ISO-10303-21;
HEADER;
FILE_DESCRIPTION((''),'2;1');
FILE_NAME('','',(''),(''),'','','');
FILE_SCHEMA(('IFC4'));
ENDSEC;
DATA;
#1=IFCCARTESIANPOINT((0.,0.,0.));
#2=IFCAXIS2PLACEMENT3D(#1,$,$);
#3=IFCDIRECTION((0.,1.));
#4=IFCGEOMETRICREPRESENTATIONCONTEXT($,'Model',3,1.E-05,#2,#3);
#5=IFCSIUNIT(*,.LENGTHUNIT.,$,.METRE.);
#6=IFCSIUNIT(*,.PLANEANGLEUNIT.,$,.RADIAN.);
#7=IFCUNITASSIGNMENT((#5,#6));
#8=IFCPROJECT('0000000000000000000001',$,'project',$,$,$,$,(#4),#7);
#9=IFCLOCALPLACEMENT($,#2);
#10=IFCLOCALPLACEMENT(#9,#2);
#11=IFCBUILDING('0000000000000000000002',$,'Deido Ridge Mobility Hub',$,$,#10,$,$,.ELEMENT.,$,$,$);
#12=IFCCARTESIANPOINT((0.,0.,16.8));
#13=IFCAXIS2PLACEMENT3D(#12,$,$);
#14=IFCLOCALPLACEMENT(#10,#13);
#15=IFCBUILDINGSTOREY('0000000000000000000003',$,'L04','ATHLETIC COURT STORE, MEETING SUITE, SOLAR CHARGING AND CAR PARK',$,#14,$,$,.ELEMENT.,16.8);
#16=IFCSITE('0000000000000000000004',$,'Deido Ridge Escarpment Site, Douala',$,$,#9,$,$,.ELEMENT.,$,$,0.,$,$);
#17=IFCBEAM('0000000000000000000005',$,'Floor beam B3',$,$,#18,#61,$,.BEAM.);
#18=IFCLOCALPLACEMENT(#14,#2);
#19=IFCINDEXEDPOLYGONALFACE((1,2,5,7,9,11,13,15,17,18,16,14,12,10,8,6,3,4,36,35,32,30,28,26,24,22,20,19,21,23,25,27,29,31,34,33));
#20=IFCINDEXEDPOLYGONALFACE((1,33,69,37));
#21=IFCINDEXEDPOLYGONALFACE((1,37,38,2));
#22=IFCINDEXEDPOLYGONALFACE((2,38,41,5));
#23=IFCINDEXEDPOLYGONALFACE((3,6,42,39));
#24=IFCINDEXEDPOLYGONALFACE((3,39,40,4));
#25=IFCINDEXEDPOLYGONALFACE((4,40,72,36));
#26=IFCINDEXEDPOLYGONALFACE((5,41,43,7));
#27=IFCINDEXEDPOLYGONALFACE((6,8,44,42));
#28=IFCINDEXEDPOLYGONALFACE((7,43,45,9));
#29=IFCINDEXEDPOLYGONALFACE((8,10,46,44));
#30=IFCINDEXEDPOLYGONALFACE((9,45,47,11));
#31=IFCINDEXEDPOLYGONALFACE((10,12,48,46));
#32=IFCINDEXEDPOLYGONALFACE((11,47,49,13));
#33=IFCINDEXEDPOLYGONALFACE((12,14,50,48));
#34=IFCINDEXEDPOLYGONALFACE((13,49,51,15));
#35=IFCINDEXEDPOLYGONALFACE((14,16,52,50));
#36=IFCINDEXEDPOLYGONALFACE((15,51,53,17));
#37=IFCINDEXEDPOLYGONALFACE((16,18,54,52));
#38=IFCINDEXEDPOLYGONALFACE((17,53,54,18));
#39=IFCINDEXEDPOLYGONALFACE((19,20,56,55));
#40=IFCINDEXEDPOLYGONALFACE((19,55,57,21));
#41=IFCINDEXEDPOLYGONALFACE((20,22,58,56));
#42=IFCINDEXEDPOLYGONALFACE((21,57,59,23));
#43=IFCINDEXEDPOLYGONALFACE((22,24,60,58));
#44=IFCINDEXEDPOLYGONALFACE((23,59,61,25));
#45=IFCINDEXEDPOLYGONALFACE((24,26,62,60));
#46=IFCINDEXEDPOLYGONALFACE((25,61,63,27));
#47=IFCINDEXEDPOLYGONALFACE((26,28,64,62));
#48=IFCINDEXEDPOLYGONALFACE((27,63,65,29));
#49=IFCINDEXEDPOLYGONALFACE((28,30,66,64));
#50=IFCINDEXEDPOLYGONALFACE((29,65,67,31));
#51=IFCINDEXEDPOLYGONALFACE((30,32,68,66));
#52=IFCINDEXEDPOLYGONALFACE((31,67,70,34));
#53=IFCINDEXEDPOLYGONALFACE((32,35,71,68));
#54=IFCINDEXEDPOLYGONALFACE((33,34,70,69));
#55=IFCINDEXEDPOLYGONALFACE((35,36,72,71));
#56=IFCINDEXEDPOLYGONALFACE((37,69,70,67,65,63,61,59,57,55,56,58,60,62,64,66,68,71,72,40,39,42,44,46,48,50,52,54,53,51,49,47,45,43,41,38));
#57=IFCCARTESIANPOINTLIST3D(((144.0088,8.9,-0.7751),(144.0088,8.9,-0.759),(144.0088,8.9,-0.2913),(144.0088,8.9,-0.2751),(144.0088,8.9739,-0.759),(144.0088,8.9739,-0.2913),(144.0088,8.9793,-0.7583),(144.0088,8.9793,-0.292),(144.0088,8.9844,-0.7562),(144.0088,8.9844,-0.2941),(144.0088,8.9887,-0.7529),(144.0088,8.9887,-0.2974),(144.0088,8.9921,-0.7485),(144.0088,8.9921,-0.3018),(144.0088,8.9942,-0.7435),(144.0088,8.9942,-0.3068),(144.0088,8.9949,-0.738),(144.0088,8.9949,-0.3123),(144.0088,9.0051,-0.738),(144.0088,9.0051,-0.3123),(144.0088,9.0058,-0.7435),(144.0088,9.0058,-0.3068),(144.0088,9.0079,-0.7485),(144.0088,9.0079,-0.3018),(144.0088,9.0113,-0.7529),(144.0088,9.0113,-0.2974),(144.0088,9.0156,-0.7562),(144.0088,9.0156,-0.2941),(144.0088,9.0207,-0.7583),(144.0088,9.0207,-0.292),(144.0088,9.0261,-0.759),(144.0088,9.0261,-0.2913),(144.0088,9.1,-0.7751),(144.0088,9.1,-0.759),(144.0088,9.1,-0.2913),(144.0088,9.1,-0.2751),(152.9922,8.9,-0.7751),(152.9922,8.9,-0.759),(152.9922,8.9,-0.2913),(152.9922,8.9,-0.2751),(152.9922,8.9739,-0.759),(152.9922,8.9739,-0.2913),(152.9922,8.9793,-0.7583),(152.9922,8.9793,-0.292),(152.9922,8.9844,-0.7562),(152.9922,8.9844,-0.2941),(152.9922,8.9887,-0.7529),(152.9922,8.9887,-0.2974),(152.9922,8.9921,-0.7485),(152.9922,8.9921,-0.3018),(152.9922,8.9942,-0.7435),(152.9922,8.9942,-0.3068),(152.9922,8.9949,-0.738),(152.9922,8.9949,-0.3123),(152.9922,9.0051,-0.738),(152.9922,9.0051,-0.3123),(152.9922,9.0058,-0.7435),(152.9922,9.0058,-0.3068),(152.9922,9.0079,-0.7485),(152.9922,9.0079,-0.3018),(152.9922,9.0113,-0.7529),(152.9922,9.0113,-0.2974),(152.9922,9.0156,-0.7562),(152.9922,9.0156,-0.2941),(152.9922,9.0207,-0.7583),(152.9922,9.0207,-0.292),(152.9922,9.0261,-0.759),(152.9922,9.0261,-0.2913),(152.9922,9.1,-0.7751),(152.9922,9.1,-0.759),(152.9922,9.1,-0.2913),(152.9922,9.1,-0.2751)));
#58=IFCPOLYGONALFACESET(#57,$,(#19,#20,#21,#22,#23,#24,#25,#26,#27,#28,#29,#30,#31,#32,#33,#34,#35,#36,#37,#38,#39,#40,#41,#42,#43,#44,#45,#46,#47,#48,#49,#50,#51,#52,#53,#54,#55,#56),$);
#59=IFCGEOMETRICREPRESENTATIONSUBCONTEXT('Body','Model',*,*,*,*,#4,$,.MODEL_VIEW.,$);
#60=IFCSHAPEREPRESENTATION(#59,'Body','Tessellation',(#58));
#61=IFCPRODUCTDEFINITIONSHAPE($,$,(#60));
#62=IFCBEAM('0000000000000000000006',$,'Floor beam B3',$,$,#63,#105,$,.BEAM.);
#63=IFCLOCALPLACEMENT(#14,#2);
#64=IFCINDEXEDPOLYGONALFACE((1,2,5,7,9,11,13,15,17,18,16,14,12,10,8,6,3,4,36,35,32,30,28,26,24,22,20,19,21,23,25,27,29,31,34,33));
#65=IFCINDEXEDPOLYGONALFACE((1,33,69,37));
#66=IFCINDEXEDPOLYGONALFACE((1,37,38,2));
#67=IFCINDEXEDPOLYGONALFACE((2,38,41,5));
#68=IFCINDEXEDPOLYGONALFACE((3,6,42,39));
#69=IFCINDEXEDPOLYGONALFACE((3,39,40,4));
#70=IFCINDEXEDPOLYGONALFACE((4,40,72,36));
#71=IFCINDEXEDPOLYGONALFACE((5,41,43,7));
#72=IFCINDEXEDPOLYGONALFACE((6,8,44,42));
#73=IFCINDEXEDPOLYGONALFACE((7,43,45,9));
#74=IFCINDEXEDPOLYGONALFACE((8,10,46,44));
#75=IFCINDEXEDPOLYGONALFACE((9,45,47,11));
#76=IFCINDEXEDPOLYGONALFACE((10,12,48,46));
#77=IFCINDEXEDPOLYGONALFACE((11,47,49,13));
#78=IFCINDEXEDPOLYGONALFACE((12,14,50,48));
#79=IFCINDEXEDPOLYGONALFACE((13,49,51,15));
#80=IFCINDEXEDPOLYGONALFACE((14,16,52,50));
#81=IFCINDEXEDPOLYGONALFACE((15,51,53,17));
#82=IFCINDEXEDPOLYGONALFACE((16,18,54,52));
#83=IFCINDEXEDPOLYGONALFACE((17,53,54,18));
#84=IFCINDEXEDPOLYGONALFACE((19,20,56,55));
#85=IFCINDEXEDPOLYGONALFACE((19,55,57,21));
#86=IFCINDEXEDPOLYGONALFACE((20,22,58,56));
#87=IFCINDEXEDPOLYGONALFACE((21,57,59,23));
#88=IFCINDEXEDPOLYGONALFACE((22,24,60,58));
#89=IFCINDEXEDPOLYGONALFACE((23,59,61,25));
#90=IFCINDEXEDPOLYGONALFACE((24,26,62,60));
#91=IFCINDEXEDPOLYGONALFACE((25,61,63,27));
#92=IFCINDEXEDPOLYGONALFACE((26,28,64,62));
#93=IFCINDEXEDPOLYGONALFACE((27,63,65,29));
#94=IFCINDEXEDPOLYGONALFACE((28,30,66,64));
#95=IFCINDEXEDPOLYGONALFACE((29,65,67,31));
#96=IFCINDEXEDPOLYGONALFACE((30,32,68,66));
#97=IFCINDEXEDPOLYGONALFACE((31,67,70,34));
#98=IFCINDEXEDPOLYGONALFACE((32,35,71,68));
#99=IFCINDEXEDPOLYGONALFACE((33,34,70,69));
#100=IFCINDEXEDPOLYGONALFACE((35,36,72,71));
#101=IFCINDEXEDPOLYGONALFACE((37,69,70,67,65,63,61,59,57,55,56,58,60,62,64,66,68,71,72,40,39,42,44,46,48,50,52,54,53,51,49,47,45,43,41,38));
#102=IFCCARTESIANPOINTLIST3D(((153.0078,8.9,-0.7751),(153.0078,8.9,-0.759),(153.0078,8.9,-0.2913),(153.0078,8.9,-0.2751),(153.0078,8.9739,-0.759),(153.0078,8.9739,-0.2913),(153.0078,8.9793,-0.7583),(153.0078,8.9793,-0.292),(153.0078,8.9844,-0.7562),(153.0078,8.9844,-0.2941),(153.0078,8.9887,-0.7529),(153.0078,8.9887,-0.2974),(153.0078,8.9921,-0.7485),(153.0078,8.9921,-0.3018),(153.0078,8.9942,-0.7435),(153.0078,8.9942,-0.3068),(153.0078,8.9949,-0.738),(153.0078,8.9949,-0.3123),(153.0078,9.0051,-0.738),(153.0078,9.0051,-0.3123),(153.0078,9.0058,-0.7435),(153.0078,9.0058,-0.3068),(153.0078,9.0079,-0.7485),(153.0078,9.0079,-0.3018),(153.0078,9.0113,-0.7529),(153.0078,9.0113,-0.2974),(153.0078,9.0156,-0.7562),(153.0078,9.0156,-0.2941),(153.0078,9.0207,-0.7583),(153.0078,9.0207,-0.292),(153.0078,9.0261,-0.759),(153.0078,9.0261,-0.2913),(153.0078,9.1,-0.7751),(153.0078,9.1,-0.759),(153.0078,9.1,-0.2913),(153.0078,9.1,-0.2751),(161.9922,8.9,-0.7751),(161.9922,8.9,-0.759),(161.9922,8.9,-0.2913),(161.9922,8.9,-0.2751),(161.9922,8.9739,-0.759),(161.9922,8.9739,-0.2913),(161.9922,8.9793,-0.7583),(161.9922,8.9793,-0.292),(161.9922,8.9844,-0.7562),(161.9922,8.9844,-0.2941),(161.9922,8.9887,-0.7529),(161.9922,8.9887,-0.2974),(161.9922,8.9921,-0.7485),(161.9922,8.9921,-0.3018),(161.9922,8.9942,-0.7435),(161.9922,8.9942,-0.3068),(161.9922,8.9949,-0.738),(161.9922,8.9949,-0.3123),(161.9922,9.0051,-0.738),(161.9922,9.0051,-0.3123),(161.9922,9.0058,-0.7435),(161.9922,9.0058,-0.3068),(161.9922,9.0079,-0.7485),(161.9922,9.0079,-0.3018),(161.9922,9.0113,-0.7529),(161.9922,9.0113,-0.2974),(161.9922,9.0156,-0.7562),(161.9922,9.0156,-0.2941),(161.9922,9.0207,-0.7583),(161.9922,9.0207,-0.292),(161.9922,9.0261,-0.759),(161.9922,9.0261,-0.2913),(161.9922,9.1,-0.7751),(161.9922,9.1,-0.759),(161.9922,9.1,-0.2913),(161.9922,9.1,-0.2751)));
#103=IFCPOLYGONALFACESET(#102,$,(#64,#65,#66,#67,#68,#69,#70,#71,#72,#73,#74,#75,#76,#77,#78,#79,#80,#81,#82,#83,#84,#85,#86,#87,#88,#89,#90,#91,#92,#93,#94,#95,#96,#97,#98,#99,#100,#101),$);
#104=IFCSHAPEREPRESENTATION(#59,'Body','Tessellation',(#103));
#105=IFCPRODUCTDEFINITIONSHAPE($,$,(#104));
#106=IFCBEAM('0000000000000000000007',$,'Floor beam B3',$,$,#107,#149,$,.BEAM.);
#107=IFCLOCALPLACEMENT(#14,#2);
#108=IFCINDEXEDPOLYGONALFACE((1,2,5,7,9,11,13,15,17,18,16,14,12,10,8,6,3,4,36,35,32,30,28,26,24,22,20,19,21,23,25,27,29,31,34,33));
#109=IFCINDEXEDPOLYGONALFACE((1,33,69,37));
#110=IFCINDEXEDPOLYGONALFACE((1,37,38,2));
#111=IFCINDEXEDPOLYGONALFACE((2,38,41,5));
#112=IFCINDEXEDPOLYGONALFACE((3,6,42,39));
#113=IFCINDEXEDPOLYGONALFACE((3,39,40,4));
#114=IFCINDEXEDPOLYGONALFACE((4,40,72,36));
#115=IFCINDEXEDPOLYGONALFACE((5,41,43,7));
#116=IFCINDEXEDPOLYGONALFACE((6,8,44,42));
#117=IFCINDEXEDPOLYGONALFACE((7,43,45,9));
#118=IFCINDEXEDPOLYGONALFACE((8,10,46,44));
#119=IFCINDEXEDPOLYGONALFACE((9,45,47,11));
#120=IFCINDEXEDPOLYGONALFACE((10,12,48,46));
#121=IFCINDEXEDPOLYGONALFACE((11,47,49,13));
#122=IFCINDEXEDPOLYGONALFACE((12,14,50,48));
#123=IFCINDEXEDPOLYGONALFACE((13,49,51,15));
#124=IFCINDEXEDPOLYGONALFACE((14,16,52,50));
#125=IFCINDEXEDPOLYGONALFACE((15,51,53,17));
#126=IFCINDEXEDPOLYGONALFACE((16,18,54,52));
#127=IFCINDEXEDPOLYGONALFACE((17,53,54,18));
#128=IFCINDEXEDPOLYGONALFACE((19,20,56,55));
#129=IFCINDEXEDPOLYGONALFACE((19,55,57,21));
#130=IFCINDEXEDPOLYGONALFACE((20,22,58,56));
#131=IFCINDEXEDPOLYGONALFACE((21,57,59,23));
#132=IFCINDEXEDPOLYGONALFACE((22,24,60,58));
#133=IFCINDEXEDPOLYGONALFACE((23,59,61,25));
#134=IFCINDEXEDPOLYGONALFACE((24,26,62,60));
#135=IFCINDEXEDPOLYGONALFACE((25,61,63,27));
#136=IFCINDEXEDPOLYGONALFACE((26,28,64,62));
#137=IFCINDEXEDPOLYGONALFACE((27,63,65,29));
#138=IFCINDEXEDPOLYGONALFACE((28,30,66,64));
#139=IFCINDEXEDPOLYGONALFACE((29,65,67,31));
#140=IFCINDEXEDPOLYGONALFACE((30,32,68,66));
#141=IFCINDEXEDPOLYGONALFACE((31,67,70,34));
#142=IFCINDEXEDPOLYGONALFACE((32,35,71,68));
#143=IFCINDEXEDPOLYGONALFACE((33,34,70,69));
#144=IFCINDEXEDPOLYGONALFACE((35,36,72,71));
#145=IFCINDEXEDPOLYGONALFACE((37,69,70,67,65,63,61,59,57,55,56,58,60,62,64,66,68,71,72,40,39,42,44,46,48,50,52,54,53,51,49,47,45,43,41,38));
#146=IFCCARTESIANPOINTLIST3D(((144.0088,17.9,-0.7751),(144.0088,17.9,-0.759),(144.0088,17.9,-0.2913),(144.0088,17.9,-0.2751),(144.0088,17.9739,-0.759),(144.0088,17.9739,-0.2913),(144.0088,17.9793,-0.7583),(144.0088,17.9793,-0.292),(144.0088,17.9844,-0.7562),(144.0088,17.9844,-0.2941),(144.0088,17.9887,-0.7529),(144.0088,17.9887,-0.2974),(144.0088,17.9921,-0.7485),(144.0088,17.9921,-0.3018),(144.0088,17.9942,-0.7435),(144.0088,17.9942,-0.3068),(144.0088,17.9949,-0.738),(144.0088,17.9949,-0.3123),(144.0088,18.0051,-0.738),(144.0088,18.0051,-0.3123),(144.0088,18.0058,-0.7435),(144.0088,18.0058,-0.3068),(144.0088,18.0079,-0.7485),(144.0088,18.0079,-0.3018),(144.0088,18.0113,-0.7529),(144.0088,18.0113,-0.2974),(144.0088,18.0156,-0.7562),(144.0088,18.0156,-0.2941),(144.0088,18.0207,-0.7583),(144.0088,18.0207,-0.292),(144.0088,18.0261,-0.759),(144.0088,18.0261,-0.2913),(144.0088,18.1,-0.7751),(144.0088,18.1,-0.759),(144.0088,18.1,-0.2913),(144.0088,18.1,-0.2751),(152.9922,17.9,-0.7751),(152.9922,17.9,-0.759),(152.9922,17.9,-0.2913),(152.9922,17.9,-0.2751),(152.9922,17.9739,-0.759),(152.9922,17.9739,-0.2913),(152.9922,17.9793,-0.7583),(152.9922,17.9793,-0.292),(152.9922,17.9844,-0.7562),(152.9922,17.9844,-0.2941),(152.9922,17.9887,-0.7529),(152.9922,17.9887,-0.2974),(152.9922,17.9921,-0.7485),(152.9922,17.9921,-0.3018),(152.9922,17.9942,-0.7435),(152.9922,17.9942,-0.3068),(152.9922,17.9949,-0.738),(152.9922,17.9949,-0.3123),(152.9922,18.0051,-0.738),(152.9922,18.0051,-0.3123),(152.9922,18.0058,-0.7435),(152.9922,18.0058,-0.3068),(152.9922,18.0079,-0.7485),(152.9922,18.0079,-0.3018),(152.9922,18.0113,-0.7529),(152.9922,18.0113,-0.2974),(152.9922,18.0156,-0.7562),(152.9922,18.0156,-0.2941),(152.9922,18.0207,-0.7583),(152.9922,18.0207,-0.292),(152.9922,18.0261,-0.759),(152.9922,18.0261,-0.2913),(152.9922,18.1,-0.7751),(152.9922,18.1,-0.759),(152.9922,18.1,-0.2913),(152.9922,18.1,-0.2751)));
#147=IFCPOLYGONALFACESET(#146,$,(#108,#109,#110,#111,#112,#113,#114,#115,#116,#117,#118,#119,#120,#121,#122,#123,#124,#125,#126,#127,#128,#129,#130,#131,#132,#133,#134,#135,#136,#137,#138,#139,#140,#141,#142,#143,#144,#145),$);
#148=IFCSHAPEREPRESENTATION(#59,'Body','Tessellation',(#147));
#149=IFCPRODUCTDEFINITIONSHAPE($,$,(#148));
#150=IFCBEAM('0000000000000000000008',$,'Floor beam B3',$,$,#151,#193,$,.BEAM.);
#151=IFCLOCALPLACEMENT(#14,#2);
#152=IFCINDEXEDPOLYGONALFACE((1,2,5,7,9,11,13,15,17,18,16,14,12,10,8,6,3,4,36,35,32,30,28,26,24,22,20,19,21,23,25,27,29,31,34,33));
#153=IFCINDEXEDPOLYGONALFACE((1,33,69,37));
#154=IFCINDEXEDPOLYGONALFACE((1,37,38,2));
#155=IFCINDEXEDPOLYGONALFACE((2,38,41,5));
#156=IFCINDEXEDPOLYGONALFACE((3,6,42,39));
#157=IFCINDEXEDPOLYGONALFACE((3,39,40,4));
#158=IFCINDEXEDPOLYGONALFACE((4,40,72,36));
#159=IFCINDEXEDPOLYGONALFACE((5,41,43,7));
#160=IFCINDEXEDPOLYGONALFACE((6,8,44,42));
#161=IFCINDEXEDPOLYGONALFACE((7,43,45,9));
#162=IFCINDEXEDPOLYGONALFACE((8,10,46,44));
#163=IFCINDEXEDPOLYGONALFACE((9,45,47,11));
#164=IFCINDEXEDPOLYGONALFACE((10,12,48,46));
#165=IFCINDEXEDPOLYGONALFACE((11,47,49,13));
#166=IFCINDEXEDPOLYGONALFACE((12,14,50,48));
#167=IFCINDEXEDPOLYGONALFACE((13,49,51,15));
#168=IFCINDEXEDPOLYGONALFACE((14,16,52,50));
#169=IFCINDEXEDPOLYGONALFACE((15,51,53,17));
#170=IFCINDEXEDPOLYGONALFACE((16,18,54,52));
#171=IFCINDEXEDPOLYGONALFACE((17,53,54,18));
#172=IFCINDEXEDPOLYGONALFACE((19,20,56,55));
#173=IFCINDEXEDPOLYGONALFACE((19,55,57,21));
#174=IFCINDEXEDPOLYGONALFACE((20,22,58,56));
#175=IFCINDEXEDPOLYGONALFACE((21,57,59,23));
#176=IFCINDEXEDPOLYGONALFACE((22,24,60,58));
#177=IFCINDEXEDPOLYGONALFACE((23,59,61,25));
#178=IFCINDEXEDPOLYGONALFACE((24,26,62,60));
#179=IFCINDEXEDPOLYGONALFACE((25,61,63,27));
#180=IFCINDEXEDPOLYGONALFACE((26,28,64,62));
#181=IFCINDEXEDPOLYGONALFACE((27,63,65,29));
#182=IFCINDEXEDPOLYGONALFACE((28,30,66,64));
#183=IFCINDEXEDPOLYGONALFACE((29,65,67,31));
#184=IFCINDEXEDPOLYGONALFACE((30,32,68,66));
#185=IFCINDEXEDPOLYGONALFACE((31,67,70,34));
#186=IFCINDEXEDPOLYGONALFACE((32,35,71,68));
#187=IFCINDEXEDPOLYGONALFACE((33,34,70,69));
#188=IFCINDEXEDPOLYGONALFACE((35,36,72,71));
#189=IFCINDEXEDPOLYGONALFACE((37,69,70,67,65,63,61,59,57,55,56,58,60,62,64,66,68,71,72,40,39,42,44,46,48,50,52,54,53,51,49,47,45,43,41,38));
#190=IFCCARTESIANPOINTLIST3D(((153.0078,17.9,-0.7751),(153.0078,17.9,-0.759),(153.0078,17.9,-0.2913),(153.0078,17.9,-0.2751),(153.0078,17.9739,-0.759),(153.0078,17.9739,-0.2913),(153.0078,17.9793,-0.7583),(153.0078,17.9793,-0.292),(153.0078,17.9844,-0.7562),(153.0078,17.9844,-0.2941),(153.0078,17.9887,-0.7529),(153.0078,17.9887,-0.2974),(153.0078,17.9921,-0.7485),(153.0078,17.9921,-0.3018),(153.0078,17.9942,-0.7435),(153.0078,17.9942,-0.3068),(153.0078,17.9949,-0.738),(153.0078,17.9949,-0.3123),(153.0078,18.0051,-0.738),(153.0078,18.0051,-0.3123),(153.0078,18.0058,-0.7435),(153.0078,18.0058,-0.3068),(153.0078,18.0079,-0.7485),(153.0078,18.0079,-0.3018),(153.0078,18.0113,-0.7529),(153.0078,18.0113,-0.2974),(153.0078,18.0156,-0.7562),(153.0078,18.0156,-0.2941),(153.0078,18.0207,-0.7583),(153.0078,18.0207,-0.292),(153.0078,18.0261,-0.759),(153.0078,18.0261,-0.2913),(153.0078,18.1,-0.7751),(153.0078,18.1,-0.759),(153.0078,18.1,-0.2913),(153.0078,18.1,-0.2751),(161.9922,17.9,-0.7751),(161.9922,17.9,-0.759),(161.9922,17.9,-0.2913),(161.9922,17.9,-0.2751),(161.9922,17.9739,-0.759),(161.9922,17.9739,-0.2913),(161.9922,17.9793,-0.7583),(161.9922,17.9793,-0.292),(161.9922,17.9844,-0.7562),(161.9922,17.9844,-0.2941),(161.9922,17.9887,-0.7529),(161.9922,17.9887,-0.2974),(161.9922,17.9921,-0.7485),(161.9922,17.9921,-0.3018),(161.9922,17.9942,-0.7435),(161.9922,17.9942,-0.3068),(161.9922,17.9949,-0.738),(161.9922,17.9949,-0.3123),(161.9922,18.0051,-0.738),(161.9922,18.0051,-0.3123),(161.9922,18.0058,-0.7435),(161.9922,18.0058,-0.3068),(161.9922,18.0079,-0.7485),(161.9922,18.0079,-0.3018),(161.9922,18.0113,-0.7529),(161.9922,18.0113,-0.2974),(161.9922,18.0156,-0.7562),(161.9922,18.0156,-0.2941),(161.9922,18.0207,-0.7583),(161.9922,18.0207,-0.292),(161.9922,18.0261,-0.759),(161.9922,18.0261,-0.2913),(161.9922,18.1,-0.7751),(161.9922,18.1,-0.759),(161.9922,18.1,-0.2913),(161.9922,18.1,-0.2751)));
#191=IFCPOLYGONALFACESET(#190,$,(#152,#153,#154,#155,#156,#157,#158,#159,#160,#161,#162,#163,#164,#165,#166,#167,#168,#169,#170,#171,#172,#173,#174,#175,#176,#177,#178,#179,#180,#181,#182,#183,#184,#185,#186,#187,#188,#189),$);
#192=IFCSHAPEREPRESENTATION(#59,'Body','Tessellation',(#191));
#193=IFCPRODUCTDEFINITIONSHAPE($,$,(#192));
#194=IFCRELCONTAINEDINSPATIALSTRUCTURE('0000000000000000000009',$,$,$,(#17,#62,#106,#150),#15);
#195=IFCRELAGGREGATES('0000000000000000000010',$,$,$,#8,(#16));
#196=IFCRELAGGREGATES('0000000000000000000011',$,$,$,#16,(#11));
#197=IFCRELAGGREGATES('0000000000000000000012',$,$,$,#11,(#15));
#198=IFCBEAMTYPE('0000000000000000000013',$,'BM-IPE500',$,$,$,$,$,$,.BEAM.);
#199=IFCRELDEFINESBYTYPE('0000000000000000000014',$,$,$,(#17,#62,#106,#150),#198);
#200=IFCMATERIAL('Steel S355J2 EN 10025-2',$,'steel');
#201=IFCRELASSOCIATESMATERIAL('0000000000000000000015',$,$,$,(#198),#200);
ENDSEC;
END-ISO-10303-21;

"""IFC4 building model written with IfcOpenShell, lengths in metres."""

from ifc_helpers import new_model, si_unit, direction, frame, origin, origin_2d, place, context, subcontext, project, spatial, i_section, extrude, material, material_profile, profile_set, type_object, element, save


model = new_model("IFC4")

# Units and contexts
model_context = context("Model", 3, precision=1e-05, world=origin(), true_north=direction((0.0, 1.0)))
body_context = subcontext(model_context, "Body", "Model", "MODEL_VIEW")
ifc_project = project(units=[si_unit("LENGTHUNIT", "METRE"), si_unit("PLANEANGLEUNIT", "RADIAN")], contexts=[model_context])

# Site, building, storey
site_placement = place(None, origin())
site = spatial("IfcSite", under=ifc_project, at=site_placement, Name="Deido Ridge Escarpment Site, Douala", CompositionType="ELEMENT", RefElevation=0.0)
building_placement = place(site_placement, origin())
building = spatial("IfcBuilding", under=site, at=building_placement, Name="Deido Ridge Mobility Hub", CompositionType="ELEMENT")
storey_placement = place(building_placement, frame((0.0, 0.0, 16.8)))
storey = spatial("IfcBuildingStorey", under=building, at=storey_placement, Name="L04", Description="ATHLETIC COURT STORE, MEETING SUITE, SOLAR CHARGING AND CAR PARK", CompositionType="ELEMENT", Elevation=16.8)

# Shared definitions
ifc_material_1 = material(Name="Steel S355J2 EN 10025-2", Category="steel")

# Beams
ifc_material_profile_1 = material_profile(ifc_material_1, i_section(OverallWidth=0.2, OverallDepth=0.5, WebThickness=0.0103, FlangeThickness=0.0161, FilletRadius=0.021, at=origin_2d()), Name="IPE 500")
ifc_profile_set_1 = profile_set([ifc_material_profile_1], Name="Steel S355J2 EN 10025-2")
beam_type_1 = type_object("IfcBeamType", Name="BM-IPE500", PredefinedType="BEAM", material=ifc_profile_set_1)
beam_1_placement = place(storey_placement, frame((144.0088, 9.0, -0.5251), z_axis=(1.0, 0.0, 0.0), x_axis=(0.0, 1.0, 0.0)))
element("IfcBeam", 1, at=beam_1_placement, inside=storey, type_object=beam_type_1, Name="Floor beam B3", PredefinedType="BEAM", context=body_context, shape_type="SweptSolid", body=[
    extrude(i_section(OverallWidth=0.2, OverallDepth=0.5, WebThickness=0.0103, FlangeThickness=0.0161, FilletRadius=0.021, at=origin_2d()), origin(), (0.0, 0.0, 1.0), 8.9834),
])
beam_2_placement = place(storey_placement, frame((153.0078, 9.0, -0.5251), z_axis=(1.0, 0.0, 0.0), x_axis=(0.0, 1.0, 0.0)))
element("IfcBeam", 2, at=beam_2_placement, inside=storey, type_object=beam_type_1, Name="Floor beam B3", PredefinedType="BEAM", context=body_context, shape_type="SweptSolid", body=[
    extrude(i_section(OverallWidth=0.2, OverallDepth=0.5, WebThickness=0.0103, FlangeThickness=0.0161, FilletRadius=0.021, at=origin_2d()), origin(), (0.0, 0.0, 1.0), 8.9844),
])
beam_3_placement = place(storey_placement, frame((144.0088, 18.0, -0.5251), z_axis=(1.0, 0.0, 0.0), x_axis=(0.0, 1.0, 0.0)))
element("IfcBeam", 3, at=beam_3_placement, inside=storey, type_object=beam_type_1, Name="Floor beam B3", PredefinedType="BEAM", context=body_context, shape_type="SweptSolid", body=[
    extrude(i_section(OverallWidth=0.2, OverallDepth=0.5, WebThickness=0.0103, FlangeThickness=0.0161, FilletRadius=0.021, at=origin_2d()), origin(), (0.0, 0.0, 1.0), 8.9834),
])
beam_4_placement = place(storey_placement, frame((153.0078, 18.0, -0.5251), z_axis=(1.0, 0.0, 0.0), x_axis=(0.0, 1.0, 0.0)))
element("IfcBeam", 4, at=beam_4_placement, inside=storey, type_object=beam_type_1, Name="Floor beam B3", PredefinedType="BEAM", context=body_context, shape_type="SweptSolid", body=[
    extrude(i_section(OverallWidth=0.2, OverallDepth=0.5, WebThickness=0.0103, FlangeThickness=0.0161, FilletRadius=0.021, at=origin_2d()), origin(), (0.0, 0.0, 1.0), 8.9844),
])

save(model, "model.ifc")
